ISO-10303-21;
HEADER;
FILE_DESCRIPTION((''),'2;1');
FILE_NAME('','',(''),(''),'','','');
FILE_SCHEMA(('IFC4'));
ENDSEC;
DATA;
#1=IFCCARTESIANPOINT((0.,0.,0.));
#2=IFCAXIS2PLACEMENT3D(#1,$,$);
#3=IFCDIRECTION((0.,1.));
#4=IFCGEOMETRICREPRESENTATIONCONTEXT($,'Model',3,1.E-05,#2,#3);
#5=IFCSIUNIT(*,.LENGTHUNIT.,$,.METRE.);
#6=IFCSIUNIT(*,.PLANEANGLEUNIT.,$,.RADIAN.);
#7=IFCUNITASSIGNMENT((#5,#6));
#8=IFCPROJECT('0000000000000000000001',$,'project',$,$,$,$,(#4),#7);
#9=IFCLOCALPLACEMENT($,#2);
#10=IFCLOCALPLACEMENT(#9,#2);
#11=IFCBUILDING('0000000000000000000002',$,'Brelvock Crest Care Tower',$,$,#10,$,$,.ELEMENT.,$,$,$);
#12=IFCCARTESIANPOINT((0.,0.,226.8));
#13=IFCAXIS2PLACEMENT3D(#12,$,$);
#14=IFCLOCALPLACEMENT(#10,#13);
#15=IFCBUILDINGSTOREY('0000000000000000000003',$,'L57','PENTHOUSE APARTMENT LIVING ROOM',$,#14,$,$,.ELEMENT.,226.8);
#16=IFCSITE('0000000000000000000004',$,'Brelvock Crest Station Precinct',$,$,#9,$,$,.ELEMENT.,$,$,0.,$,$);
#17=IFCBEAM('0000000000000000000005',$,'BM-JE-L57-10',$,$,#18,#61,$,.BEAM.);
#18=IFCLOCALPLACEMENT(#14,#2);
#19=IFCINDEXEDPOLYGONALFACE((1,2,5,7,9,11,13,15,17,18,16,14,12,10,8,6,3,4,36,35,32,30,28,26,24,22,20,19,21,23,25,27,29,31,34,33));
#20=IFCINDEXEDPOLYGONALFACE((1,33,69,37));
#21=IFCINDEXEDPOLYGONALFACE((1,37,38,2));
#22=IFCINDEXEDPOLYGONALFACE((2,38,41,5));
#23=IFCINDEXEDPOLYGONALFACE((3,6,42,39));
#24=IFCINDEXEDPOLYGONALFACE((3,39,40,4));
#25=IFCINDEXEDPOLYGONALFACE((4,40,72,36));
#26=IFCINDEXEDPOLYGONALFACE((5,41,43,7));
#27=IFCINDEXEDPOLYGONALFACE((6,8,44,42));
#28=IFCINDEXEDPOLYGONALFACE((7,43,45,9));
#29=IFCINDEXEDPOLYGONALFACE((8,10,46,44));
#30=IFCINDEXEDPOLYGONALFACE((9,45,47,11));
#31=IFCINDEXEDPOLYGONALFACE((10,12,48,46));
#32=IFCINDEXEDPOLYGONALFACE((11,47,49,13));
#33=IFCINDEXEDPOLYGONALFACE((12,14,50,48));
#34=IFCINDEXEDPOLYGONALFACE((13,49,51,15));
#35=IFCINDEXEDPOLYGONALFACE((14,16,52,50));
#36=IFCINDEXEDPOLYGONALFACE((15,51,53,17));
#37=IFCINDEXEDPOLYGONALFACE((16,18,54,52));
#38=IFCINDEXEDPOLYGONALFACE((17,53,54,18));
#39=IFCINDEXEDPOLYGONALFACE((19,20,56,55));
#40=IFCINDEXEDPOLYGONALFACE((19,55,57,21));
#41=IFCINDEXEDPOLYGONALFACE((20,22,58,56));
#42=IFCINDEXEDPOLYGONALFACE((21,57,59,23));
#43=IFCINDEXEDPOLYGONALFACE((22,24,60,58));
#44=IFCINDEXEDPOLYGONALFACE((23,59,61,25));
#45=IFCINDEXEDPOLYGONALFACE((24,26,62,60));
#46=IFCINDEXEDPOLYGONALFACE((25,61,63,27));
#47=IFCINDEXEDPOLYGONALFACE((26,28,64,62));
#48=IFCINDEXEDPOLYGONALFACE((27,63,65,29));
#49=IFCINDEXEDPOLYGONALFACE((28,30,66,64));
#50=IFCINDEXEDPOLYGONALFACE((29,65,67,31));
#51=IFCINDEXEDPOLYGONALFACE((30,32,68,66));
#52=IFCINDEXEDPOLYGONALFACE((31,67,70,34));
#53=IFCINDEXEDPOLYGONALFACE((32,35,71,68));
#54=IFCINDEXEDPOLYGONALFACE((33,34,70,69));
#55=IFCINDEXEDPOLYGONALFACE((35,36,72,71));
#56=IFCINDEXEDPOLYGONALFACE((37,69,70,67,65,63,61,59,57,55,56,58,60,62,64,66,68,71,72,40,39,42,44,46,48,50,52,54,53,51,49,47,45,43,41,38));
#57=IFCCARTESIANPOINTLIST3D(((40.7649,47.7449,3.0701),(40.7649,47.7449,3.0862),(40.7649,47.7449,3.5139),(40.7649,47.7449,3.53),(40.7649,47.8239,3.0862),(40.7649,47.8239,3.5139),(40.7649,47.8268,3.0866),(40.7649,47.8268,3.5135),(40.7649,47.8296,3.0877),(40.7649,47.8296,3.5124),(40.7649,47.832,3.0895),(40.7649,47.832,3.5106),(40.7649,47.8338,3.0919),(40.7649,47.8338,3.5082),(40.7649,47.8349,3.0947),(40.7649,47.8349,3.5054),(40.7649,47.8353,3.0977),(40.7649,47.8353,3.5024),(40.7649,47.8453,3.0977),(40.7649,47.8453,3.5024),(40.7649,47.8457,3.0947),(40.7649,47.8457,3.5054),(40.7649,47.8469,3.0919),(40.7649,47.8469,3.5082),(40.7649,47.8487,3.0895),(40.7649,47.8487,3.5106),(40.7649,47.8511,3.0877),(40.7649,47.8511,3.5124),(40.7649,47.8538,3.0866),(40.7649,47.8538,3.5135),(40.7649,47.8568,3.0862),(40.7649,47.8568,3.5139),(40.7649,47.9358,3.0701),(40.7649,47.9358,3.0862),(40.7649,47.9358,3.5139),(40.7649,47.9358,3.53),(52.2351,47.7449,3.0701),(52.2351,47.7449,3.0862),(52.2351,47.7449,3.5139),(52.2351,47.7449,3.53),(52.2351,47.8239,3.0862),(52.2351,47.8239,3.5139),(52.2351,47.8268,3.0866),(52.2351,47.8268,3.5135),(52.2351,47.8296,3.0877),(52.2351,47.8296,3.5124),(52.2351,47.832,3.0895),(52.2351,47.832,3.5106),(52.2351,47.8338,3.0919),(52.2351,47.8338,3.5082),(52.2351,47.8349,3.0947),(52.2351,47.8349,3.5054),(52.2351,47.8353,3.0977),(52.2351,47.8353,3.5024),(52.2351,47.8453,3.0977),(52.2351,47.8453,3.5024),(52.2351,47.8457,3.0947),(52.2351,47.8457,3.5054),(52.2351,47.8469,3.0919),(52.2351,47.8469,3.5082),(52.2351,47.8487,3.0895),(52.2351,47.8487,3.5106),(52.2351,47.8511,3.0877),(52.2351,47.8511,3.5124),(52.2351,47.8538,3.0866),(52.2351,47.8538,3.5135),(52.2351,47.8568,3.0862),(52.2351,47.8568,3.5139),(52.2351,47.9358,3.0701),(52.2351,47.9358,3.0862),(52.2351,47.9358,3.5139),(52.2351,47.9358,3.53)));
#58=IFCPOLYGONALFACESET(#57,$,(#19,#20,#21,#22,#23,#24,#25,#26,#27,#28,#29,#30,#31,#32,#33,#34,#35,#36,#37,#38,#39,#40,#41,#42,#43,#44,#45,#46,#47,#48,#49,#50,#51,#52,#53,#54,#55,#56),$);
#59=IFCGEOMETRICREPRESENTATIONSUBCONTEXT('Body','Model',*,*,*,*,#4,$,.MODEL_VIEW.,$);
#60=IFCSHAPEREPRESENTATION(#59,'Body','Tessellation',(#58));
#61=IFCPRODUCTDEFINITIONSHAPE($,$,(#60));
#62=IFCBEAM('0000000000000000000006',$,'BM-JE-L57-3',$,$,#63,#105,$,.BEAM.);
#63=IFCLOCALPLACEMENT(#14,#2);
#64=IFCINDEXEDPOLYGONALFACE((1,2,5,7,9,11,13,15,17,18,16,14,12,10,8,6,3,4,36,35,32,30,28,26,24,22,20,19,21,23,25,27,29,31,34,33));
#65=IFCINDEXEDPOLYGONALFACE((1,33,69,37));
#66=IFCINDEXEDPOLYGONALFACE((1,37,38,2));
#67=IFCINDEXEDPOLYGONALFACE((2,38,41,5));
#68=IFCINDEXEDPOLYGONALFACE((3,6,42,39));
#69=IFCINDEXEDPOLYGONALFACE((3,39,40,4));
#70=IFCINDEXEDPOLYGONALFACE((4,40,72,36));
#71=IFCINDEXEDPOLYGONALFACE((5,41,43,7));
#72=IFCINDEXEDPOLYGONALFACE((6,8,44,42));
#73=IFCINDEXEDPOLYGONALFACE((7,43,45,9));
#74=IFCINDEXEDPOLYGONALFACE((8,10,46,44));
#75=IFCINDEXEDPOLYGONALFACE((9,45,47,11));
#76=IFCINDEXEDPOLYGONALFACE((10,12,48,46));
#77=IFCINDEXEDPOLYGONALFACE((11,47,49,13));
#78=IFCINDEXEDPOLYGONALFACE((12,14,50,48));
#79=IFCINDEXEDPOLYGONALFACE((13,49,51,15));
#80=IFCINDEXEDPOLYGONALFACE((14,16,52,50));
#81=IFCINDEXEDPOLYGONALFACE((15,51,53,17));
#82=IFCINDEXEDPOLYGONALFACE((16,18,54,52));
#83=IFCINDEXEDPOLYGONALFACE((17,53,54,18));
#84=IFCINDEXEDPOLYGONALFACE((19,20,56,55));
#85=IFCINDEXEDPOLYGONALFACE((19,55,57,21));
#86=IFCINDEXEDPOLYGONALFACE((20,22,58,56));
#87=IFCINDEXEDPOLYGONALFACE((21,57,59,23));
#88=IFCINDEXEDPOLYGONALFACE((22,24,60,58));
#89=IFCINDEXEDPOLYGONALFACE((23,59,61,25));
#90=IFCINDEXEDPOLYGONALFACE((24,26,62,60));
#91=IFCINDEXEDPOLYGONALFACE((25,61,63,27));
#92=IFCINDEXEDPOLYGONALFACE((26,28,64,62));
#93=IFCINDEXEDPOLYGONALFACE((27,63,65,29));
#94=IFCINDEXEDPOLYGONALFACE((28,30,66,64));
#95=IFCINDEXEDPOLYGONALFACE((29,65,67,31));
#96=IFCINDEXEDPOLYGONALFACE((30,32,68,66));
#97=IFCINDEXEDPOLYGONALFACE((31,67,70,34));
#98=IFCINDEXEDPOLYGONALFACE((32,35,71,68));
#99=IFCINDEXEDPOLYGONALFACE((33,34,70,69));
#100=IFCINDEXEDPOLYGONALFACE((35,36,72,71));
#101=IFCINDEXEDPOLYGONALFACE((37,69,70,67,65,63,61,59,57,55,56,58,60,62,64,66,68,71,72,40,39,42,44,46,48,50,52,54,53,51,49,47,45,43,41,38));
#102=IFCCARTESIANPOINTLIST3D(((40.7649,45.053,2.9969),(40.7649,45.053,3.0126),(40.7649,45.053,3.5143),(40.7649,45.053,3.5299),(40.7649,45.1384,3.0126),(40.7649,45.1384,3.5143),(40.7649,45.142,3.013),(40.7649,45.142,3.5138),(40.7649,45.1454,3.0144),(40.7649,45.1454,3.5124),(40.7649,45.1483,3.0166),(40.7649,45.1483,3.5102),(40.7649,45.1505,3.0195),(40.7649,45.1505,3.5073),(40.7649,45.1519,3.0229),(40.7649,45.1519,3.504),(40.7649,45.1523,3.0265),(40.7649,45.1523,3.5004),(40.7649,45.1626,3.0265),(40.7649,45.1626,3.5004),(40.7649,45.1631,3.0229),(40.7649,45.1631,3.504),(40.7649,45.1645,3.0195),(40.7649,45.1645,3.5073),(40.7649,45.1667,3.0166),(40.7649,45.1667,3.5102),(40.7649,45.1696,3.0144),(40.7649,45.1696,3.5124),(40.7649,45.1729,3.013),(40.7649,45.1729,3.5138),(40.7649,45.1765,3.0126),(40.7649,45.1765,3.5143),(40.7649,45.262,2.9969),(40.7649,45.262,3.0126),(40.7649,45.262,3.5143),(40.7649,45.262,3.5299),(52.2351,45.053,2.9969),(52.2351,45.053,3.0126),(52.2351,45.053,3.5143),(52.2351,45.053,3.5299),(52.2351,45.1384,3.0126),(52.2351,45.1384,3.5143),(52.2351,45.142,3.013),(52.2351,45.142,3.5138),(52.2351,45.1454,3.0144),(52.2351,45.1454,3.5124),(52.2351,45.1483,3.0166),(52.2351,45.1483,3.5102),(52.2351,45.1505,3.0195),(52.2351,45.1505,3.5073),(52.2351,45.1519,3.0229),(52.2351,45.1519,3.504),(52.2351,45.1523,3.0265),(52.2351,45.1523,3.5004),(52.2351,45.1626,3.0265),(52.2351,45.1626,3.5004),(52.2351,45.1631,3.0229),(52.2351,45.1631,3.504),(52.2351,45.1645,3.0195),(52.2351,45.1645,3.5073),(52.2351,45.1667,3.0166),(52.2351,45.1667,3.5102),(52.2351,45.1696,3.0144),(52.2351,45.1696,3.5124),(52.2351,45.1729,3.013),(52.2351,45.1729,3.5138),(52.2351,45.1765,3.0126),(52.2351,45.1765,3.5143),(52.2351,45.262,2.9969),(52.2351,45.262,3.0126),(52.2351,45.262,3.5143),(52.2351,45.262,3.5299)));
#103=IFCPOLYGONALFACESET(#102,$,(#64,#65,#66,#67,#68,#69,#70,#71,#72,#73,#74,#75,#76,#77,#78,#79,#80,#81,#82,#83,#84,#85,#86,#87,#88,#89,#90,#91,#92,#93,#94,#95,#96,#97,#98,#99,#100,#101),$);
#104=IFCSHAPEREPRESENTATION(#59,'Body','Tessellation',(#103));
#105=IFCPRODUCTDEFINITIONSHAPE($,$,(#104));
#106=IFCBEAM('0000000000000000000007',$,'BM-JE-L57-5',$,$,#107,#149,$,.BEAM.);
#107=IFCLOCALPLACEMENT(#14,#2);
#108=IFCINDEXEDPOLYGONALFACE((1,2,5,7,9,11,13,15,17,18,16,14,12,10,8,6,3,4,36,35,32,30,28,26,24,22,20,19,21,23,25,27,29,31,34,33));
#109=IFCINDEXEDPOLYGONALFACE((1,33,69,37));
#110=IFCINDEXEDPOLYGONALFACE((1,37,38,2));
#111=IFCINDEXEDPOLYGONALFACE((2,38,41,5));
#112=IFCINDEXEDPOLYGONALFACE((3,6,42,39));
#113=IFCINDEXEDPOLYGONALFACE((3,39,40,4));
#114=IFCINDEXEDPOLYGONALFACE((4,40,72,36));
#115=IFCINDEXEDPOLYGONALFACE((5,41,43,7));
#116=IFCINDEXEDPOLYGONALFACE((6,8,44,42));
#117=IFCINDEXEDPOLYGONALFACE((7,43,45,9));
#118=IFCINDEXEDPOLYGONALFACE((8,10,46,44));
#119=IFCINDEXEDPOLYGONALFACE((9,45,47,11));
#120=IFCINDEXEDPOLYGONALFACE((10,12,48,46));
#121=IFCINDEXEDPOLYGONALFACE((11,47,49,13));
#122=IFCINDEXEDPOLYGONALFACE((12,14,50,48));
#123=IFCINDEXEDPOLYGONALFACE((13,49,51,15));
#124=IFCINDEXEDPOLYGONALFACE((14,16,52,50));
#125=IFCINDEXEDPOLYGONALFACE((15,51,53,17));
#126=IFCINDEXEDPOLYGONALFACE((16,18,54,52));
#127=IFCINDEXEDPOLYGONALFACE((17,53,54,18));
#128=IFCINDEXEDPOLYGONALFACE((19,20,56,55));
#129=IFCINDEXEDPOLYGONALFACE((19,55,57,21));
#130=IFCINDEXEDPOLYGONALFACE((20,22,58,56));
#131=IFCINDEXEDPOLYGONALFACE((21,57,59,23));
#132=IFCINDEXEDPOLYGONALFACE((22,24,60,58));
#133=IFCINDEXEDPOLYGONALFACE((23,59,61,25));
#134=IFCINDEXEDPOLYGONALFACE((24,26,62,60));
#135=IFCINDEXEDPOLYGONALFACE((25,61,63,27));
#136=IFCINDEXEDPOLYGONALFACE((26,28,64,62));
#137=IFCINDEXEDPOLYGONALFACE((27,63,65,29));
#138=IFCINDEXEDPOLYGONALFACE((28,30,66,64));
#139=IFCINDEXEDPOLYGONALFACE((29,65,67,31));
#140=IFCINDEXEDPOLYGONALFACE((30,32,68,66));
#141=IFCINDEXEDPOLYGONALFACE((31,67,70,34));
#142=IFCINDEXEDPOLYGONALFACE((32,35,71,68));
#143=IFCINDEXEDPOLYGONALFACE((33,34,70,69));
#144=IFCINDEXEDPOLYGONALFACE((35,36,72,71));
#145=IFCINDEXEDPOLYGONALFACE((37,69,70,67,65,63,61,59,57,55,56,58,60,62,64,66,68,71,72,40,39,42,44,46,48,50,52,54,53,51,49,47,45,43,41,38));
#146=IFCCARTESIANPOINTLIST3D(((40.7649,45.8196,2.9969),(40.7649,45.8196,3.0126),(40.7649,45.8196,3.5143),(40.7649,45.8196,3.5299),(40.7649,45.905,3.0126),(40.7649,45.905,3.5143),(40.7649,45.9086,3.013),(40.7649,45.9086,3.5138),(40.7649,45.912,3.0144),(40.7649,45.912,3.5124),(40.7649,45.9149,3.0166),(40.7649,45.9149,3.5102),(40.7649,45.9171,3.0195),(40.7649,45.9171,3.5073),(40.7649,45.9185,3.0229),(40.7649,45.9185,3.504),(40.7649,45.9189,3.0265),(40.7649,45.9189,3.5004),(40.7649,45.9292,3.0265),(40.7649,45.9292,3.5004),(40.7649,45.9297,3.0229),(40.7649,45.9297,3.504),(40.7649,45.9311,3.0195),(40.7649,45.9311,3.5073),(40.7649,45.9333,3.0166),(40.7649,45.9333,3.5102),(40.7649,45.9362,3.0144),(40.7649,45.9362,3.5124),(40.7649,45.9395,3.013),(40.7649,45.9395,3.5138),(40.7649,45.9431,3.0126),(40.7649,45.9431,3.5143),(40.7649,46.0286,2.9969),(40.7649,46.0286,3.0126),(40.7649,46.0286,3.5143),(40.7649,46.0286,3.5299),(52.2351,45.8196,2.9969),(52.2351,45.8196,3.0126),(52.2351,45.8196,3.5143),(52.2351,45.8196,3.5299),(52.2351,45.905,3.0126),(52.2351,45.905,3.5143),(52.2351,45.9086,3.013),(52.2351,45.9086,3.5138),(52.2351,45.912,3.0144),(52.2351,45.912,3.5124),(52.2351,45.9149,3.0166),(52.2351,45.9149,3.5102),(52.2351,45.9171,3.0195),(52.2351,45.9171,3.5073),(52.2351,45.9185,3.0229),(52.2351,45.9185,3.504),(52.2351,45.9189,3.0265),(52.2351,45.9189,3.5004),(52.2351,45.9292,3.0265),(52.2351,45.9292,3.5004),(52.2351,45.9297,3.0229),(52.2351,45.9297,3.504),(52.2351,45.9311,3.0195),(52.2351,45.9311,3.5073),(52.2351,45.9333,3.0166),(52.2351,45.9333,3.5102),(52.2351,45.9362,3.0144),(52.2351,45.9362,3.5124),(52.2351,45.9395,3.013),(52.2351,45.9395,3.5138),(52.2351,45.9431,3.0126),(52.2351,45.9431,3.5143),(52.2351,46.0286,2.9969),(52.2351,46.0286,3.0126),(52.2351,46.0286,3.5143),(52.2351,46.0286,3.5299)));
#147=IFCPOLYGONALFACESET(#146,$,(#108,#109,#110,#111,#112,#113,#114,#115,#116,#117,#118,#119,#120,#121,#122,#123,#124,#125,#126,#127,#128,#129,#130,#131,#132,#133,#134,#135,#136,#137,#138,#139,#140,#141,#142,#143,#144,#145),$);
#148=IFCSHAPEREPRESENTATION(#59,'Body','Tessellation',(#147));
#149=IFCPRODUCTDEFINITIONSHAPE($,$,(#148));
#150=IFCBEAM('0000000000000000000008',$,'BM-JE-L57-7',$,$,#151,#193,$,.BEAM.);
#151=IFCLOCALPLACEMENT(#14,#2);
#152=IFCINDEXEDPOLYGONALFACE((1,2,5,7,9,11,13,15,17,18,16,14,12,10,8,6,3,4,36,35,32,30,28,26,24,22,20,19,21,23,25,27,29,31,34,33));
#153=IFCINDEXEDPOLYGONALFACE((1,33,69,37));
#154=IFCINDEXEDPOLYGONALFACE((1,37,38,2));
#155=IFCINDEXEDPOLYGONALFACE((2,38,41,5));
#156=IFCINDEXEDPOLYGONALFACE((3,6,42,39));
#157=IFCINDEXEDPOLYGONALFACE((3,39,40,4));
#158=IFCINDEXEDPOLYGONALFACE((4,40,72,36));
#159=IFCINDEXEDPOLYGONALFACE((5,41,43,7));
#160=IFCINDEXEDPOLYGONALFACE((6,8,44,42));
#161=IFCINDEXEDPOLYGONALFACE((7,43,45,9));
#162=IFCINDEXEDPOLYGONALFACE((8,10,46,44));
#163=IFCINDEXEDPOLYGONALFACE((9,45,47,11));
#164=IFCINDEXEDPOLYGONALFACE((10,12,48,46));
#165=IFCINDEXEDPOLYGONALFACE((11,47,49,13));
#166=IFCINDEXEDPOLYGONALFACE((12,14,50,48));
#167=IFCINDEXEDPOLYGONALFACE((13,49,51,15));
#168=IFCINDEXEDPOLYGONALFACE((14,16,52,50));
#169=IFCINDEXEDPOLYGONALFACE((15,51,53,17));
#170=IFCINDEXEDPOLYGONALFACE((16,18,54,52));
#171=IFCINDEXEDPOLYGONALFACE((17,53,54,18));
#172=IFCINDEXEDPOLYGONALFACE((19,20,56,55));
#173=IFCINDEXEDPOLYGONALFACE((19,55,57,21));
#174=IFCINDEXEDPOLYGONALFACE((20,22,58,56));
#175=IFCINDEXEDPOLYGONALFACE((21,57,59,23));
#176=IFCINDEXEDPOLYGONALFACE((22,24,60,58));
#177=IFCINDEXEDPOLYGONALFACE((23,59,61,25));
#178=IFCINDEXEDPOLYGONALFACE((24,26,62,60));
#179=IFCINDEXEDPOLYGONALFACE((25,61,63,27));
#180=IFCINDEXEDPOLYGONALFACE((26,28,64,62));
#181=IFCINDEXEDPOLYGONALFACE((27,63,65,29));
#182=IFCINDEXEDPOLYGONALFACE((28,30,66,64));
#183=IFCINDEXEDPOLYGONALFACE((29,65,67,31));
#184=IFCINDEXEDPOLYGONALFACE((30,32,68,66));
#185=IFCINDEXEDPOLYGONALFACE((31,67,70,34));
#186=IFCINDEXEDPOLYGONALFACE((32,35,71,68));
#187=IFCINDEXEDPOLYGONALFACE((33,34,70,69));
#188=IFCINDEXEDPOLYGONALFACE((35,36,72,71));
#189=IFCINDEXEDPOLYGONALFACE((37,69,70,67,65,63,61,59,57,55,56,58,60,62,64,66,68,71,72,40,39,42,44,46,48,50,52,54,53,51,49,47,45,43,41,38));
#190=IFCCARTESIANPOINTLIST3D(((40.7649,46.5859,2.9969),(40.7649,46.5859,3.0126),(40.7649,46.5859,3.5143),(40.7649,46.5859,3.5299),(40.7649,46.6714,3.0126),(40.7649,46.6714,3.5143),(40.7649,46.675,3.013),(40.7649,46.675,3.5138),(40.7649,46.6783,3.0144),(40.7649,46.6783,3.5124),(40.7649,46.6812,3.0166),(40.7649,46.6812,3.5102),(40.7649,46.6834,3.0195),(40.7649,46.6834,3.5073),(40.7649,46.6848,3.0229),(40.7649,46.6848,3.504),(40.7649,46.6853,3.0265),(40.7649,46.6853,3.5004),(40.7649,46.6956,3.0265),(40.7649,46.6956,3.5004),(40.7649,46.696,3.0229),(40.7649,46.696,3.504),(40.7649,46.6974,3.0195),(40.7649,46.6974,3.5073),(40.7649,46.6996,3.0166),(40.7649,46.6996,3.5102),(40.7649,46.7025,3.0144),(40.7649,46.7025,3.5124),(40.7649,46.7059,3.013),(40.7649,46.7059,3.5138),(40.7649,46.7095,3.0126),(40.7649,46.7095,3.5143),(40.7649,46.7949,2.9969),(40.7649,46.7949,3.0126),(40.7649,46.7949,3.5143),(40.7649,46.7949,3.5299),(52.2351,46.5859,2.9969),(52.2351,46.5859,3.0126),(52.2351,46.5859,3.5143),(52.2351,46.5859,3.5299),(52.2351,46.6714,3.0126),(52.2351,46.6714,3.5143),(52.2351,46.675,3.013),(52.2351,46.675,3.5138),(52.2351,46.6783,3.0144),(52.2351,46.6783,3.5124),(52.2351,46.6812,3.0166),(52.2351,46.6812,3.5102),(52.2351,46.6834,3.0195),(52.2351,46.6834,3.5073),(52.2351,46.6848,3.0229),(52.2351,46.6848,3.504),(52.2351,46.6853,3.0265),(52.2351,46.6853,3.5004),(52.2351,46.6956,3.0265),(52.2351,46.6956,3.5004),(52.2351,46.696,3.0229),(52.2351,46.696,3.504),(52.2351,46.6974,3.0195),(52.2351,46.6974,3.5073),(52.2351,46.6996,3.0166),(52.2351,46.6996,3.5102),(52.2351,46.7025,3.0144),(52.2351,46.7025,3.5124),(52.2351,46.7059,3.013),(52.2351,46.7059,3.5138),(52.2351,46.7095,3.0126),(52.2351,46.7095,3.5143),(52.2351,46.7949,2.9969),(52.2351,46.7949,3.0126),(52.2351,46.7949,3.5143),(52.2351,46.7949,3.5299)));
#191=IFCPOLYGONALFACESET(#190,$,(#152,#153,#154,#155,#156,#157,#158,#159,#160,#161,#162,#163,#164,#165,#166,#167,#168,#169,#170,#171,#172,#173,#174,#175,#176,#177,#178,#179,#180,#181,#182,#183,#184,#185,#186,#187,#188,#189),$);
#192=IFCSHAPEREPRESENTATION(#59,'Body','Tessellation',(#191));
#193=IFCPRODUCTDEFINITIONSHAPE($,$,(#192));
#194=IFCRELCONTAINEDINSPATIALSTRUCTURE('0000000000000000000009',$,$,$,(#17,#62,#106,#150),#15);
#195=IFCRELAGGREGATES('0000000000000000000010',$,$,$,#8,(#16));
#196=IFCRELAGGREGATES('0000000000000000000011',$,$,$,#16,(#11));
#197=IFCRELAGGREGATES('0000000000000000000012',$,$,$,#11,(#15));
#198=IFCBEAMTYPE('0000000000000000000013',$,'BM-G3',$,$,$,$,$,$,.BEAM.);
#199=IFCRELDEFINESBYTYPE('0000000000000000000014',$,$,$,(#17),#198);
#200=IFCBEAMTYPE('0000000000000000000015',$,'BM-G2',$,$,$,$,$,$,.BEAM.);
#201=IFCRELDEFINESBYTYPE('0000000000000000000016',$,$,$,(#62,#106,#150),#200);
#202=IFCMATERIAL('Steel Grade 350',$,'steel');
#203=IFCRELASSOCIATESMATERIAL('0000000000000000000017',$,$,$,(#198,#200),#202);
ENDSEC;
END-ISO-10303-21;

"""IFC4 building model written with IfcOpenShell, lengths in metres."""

from ifc_helpers import new_model, si_unit, direction, frame, origin, origin_2d, place, context, subcontext, project, spatial, i_section, extrude, source, transform, mapped, material, material_profile, profile_set, type_object, element, save


model = new_model("IFC4")

# Units and contexts
model_context = context("Model", 3, precision=1e-05, world=origin(), true_north=direction((0.0, 1.0)))
body_context = subcontext(model_context, "Body", "Model", "MODEL_VIEW")
ifc_project = project(units=[si_unit("LENGTHUNIT", "METRE"), si_unit("PLANEANGLEUNIT", "RADIAN")], contexts=[model_context])

# Site, building, storey
site_placement = place(None, origin())
site = spatial("IfcSite", under=ifc_project, at=site_placement, Name="Brelvock Crest Station Precinct", CompositionType="ELEMENT", RefElevation=0.0)
building_placement = place(site_placement, origin())
building = spatial("IfcBuilding", under=site, at=building_placement, Name="Brelvock Crest Care Tower", CompositionType="ELEMENT")
storey_placement = place(building_placement, frame((0.0, 0.0, 226.8)))
storey = spatial("IfcBuildingStorey", under=building, at=storey_placement, Name="L57", Description="PENTHOUSE APARTMENT LIVING ROOM", CompositionType="ELEMENT", Elevation=226.8)

# Beams
ifc_material_1 = material(Name="Steel Grade 350", Category="steel")
ifc_material_profile_1 = material_profile(ifc_material_1, i_section(OverallWidth=0.1909, OverallDepth=0.46, WebThickness=0.01, FlangeThickness=0.0161, FilletRadius=0.0115, at=origin_2d()), Name="460UB82.1")
ifc_profile_set_1 = profile_set([ifc_material_profile_1], Name="Steel Grade 350")
beam_type_1 = type_object("IfcBeamType", Name="BM-G3", PredefinedType="BEAM", material=ifc_profile_set_1)
shared_shape_1 = source(origin(), body_context, "Body", "SweptSolid", [
    extrude(i_section(OverallWidth=0.1909, OverallDepth=0.46, WebThickness=0.01, FlangeThickness=0.0161, FilletRadius=0.0115, at=origin_2d()), origin(), (0.0, 0.0, 1.0), 11.4702),
])
for number, where, z_axis, x_axis, name in (
    (1, (40.7649, 47.8403, 3.3), (1.0, 0.0, 0.0), (0.0, 1.0, 0.0), "BM-JE-L57-10"),
):
    element("IfcBeam", number, at=place(storey_placement, frame(where, z_axis=z_axis, x_axis=x_axis)), inside=storey, type_object=beam_type_1, Name=name, PredefinedType="BEAM", context=body_context, shape_type="MappedRepresentation", body=[
        mapped(shared_shape_1, transform((0.0, 0.0, 0.0), x_axis=(1.0, 0.0, 0.0), y_axis=(0.0, 1.0, 0.0), z_axis=(0.0, 0.0, 1.0), scale=1.0)),
    ])
ifc_material_profile_2 = material_profile(ifc_material_1, i_section(OverallWidth=0.209, OverallDepth=0.533, WebThickness=0.0103, FlangeThickness=0.0156, FilletRadius=0.0139, at=origin_2d()), Name="530UB92.4")
ifc_profile_set_2 = profile_set([ifc_material_profile_2], Name="Steel Grade 350")
beam_type_2 = type_object("IfcBeamType", Name="BM-G2", PredefinedType="BEAM", material=ifc_profile_set_2)
shared_shape_2 = source(origin(), body_context, "Body", "SweptSolid", [
    extrude(i_section(OverallWidth=0.209, OverallDepth=0.533, WebThickness=0.0103, FlangeThickness=0.0156, FilletRadius=0.0139, at=origin_2d()), origin(), (0.0, 0.0, 1.0), 11.4702),
])
for number, where, z_axis, x_axis, name in (
    (2, (40.7649, 45.1575, 3.2634), (1.0, 0.0, 0.0), (0.0, 1.0, 0.0), "BM-JE-L57-3"),
    (3, (40.7649, 45.9241, 3.2634), (1.0, 0.0, 0.0), (0.0, 1.0, 0.0), "BM-JE-L57-5"),
    (4, (40.7649, 46.6904, 3.2634), (1.0, 0.0, 0.0), (0.0, 1.0, 0.0), "BM-JE-L57-7"),
):
    element("IfcBeam", number, at=place(storey_placement, frame(where, z_axis=z_axis, x_axis=x_axis)), inside=storey, type_object=beam_type_2, Name=name, PredefinedType="BEAM", context=body_context, shape_type="MappedRepresentation", body=[
        mapped(shared_shape_2, transform((0.0, 0.0, 0.0), x_axis=(1.0, 0.0, 0.0), y_axis=(0.0, 1.0, 0.0), z_axis=(0.0, 0.0, 1.0), scale=1.0)),
    ])

save(model, "model.ifc")
